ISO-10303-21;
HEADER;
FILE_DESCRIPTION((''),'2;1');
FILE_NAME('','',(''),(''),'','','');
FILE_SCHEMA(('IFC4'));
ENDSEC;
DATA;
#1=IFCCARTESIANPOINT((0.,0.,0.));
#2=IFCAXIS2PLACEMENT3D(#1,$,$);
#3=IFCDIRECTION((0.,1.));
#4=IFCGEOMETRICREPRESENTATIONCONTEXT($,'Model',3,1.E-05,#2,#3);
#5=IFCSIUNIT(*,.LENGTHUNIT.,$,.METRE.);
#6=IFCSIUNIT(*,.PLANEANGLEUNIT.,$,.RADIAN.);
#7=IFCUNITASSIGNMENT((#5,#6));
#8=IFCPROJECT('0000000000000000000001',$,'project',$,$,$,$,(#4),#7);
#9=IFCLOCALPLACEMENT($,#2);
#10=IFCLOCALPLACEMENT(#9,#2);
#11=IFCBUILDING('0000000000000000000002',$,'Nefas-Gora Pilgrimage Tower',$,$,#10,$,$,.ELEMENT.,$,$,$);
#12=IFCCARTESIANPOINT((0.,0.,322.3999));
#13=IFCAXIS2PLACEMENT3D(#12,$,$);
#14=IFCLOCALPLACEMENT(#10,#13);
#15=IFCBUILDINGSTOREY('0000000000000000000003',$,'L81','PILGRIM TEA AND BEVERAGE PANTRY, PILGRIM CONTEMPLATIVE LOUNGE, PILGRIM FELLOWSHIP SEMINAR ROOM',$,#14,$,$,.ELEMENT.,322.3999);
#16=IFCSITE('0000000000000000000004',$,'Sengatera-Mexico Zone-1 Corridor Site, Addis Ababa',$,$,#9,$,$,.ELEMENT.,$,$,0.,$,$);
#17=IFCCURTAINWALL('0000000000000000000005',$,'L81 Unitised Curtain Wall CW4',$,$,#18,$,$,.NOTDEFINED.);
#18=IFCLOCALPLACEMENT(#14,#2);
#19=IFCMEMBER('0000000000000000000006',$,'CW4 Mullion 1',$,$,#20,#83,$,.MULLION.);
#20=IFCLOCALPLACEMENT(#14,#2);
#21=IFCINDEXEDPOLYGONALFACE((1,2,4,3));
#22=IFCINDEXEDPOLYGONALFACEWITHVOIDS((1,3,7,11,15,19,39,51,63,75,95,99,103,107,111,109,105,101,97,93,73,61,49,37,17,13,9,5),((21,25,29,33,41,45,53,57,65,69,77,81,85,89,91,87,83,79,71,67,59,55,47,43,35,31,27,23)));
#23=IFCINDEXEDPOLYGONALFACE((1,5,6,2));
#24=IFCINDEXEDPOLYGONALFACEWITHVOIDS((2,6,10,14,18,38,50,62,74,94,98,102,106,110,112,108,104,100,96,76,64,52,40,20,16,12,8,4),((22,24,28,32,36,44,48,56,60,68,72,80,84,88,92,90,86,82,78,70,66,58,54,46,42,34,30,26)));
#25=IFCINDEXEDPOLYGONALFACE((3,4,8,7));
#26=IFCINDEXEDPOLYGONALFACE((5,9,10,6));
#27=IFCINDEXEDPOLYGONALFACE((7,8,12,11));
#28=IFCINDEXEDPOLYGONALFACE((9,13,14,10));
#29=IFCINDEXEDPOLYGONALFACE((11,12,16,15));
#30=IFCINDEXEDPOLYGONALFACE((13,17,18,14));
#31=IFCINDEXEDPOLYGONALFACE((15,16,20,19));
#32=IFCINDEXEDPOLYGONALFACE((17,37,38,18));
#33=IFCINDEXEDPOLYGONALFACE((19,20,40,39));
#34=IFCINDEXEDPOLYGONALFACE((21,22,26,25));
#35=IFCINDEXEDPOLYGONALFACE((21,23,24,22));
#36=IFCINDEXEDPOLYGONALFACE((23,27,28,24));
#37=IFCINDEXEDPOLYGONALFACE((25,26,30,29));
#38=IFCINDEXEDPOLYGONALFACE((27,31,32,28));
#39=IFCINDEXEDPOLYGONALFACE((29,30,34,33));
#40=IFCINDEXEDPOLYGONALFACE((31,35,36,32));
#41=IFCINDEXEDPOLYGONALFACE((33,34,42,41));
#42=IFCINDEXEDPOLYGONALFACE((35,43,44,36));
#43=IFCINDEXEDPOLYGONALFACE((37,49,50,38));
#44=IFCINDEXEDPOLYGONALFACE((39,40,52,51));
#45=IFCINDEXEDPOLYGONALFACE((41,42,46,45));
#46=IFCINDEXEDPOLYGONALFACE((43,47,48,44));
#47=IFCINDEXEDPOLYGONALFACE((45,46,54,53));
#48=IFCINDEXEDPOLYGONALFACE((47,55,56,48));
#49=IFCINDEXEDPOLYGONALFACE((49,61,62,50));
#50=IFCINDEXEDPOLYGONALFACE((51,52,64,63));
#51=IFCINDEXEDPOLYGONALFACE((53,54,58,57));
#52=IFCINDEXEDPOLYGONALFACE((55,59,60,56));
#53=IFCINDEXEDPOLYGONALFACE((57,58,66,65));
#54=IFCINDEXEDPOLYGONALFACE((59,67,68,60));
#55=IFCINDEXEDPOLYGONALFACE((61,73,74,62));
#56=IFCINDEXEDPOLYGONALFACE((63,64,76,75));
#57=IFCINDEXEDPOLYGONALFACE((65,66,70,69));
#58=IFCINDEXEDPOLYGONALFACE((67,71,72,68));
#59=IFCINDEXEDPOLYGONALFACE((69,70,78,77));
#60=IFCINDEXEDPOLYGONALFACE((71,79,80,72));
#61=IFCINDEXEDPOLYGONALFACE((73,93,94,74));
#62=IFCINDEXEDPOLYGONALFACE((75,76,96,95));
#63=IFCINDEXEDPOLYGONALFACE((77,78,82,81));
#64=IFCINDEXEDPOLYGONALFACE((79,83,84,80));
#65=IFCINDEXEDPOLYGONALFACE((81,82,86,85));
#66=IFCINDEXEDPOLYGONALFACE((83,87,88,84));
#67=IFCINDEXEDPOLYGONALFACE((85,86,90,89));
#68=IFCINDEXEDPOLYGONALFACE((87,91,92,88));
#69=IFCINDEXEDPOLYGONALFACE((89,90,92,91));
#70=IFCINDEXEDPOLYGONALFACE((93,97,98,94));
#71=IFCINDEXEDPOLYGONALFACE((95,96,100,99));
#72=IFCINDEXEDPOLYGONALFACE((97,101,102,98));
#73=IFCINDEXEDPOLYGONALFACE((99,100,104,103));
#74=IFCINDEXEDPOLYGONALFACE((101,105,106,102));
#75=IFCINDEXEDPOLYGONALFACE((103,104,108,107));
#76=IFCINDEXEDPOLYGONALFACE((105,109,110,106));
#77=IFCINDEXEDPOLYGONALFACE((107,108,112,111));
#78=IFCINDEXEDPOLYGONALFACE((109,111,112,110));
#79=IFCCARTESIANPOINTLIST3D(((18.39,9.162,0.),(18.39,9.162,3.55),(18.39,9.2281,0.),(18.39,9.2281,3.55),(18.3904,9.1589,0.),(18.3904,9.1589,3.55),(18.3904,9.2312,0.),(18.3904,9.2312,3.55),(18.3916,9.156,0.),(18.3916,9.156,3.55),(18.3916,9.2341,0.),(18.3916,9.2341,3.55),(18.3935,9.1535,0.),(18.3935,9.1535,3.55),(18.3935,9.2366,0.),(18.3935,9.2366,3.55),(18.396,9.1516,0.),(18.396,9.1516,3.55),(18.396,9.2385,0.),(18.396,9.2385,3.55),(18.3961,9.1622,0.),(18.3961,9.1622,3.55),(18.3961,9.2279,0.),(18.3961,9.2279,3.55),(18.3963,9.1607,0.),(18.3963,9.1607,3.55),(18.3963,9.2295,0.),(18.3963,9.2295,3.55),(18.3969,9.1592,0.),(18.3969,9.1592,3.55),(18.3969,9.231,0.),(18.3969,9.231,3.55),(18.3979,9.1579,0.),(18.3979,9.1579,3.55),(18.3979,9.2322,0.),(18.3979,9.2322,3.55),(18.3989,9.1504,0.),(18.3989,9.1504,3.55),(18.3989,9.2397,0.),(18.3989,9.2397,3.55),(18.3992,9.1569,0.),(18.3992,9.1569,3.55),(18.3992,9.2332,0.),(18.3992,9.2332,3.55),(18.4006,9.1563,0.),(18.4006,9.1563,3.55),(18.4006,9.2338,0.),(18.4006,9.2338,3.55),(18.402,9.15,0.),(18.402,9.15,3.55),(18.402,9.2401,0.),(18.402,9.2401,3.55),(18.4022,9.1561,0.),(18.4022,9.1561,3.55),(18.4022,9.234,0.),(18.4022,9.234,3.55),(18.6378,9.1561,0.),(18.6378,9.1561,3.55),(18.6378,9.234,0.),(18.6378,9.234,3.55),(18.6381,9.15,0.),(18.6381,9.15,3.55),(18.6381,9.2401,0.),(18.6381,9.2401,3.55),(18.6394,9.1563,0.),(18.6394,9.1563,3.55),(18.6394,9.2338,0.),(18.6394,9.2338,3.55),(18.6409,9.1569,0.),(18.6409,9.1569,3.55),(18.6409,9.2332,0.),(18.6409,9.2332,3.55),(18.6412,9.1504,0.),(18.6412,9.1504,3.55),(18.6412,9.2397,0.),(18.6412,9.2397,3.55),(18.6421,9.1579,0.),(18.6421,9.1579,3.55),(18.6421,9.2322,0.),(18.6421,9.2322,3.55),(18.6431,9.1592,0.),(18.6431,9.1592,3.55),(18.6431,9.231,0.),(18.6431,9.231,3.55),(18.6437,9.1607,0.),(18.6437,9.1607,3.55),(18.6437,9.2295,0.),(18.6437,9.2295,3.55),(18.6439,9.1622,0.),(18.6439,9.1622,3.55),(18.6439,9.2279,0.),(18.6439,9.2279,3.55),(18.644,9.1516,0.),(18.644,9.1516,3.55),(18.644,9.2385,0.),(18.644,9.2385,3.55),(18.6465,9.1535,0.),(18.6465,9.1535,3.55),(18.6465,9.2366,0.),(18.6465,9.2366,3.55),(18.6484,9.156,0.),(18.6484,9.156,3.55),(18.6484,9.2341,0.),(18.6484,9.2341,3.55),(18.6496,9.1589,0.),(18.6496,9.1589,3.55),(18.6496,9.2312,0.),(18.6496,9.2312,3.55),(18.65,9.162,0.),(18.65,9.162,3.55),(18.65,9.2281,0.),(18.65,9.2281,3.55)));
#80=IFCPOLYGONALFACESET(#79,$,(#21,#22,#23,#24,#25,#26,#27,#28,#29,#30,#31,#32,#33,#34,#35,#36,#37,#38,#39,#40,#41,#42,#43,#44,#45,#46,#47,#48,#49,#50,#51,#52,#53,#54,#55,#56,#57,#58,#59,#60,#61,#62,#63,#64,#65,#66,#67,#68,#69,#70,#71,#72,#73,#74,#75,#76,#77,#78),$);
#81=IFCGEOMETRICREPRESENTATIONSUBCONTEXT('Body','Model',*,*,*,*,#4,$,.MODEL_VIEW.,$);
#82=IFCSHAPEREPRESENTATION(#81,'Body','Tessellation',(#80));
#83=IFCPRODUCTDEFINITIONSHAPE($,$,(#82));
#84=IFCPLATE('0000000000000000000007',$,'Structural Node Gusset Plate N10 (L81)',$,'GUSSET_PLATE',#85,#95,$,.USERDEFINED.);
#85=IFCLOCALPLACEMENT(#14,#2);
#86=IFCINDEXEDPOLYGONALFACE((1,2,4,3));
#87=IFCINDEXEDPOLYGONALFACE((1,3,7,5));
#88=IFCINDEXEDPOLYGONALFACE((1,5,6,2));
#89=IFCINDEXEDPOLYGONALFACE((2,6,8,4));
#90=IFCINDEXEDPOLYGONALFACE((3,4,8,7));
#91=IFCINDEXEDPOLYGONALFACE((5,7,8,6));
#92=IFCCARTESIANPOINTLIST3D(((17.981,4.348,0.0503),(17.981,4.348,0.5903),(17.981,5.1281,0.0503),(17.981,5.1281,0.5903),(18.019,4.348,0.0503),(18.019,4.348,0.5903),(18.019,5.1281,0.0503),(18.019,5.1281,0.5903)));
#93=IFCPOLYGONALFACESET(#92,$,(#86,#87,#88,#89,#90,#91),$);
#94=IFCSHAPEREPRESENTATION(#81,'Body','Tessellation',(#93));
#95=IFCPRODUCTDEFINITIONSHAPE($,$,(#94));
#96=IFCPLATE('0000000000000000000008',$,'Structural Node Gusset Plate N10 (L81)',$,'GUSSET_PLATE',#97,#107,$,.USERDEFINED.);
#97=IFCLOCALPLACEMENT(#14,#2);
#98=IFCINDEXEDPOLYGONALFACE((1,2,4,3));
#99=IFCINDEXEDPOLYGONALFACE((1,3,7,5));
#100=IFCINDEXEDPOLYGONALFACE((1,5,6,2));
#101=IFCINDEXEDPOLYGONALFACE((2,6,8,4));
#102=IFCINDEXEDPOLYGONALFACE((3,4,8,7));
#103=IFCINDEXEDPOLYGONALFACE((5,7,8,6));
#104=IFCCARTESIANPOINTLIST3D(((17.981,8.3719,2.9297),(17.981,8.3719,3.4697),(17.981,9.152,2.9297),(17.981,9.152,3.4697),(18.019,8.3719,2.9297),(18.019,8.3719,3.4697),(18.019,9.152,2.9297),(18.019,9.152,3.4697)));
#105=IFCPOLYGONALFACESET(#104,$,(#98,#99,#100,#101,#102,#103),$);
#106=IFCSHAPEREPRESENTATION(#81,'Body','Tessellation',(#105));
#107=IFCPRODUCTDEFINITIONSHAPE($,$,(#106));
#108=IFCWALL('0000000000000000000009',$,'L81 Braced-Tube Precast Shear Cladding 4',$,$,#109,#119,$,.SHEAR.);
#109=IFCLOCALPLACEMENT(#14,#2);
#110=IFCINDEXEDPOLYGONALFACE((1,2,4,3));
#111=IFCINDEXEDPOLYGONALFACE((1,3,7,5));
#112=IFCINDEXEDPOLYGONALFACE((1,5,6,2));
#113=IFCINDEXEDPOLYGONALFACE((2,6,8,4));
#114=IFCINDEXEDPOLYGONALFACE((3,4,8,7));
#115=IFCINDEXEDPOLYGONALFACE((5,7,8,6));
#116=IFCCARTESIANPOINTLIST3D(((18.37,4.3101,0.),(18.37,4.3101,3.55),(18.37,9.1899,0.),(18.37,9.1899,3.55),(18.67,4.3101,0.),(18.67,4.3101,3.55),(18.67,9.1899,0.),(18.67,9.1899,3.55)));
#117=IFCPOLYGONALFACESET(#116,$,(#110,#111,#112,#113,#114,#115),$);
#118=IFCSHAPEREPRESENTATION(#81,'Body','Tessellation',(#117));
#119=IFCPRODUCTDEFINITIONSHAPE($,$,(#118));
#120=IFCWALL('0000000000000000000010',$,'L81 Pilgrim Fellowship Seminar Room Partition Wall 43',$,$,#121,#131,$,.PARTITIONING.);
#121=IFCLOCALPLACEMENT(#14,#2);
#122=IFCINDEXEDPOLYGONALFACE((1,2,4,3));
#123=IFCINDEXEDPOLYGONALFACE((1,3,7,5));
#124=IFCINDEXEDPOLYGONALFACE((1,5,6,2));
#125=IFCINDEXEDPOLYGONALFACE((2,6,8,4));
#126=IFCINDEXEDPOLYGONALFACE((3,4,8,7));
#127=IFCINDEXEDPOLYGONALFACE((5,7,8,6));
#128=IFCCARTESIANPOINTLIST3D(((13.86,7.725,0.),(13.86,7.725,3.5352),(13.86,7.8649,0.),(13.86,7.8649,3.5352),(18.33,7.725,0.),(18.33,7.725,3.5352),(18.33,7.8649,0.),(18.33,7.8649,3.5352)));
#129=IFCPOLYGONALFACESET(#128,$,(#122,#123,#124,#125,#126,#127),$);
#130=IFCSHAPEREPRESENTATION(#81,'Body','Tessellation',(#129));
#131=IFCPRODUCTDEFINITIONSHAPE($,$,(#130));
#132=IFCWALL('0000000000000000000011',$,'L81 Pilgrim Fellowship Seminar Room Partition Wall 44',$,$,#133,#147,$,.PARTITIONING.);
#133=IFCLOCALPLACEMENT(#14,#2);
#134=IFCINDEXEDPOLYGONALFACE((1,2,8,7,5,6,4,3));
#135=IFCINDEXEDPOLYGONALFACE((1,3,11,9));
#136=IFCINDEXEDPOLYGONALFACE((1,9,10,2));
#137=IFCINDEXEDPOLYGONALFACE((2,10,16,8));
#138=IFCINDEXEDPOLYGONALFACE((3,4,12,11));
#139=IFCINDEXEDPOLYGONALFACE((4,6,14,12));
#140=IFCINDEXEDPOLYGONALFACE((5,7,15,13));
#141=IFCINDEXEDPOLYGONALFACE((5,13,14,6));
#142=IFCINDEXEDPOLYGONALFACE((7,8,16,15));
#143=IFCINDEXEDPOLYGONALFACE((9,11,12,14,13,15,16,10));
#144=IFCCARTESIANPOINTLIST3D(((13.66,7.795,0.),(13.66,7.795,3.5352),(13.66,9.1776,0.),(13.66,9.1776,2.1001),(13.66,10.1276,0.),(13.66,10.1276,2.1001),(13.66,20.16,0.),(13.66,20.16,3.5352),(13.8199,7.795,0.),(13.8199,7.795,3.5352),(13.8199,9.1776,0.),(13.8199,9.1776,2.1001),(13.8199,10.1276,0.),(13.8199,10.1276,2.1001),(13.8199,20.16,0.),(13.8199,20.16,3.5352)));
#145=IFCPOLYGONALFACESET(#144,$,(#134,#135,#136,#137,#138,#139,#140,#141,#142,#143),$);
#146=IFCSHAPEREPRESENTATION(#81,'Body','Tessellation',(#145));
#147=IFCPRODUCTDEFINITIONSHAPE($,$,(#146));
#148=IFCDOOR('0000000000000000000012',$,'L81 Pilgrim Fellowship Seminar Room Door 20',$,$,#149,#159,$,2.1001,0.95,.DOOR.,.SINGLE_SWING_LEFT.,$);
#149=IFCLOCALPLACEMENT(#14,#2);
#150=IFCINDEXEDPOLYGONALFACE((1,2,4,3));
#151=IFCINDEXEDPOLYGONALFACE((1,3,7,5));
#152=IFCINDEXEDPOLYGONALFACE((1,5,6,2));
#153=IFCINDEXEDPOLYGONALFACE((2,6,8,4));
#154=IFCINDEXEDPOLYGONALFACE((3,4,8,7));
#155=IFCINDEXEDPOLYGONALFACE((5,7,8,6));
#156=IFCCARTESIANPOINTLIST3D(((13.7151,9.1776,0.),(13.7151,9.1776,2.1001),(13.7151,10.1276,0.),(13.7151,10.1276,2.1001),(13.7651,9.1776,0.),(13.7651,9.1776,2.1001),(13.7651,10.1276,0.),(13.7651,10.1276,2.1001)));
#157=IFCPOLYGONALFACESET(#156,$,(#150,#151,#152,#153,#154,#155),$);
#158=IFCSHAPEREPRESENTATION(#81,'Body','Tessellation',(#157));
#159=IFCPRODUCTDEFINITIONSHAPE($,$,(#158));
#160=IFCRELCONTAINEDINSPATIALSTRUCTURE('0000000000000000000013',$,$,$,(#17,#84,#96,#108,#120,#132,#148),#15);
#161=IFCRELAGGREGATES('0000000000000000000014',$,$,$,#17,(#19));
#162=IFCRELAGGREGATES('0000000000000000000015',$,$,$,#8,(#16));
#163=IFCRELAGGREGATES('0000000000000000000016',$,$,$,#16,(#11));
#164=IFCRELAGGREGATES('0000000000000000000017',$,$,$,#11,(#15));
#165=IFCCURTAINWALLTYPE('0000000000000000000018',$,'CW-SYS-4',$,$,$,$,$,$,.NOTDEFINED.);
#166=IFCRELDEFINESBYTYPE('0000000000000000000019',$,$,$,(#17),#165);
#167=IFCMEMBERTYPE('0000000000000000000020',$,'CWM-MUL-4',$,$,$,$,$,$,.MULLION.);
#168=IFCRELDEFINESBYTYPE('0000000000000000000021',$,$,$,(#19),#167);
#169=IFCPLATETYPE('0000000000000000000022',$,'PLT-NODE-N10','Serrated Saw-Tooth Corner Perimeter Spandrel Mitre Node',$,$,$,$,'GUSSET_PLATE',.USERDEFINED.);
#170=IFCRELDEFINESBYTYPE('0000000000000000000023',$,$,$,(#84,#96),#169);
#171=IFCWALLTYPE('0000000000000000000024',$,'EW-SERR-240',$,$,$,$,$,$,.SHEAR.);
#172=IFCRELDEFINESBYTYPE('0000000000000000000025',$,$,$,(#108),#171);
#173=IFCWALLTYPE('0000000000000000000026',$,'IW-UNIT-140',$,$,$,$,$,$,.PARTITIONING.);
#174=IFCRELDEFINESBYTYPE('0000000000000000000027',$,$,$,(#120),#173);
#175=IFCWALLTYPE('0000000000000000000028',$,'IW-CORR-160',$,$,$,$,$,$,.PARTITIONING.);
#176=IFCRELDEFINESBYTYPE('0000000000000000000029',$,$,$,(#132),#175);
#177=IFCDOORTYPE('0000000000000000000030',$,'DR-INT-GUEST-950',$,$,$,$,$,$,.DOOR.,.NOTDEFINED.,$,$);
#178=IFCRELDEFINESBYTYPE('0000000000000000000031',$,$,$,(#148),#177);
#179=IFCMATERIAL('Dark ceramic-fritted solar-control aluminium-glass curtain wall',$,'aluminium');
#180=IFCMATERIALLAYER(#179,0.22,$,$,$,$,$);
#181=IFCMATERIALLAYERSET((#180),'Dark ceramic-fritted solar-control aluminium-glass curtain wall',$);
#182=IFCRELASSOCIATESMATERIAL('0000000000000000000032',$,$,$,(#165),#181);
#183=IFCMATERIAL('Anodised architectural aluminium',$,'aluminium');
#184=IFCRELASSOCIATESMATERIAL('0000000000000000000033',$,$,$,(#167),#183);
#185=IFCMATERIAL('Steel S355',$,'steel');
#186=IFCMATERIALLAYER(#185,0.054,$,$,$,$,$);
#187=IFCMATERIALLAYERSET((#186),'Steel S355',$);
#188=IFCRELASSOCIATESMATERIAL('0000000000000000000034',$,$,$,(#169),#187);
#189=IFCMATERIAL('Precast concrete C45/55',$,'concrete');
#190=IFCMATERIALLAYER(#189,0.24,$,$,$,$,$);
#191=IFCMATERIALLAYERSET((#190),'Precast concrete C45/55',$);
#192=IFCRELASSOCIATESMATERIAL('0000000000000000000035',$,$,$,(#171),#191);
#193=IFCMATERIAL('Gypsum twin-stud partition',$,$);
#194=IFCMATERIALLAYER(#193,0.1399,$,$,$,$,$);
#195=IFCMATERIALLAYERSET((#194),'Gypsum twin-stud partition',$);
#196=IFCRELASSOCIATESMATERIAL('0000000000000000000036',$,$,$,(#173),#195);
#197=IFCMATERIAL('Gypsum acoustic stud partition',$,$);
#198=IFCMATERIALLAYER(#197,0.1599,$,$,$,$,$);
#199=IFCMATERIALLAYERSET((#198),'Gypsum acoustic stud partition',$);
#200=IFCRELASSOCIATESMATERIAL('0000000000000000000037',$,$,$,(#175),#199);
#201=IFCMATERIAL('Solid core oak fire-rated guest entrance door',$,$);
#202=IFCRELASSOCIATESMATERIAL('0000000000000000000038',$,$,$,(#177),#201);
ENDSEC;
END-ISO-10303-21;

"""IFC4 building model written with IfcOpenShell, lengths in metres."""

from ifc_helpers import new_model, si_unit, direction, frame, frame_2d, origin, origin_2d, place, context, subcontext, project, spatial, rectangle, hollow_rectangle, extrude, source, transform, mapped, material, layer, layer_set, material_profile, profile_set, type_object, element, fill, aggregate, save


model = new_model("IFC4")

# Units and contexts
model_context = context("Model", 3, precision=1e-05, world=origin(), true_north=direction((0.0, 1.0)))
body_context = subcontext(model_context, "Body", "Model", "MODEL_VIEW")
ifc_project = project(units=[si_unit("LENGTHUNIT", "METRE"), si_unit("PLANEANGLEUNIT", "RADIAN")], contexts=[model_context])

# Site, building, storey
site_placement = place(None, origin())
site = spatial("IfcSite", under=ifc_project, at=site_placement, Name="Sengatera-Mexico Zone-1 Corridor Site, Addis Ababa", CompositionType="ELEMENT", RefElevation=0.0)
building_placement = place(site_placement, origin())
building = spatial("IfcBuilding", under=site, at=building_placement, Name="Nefas-Gora Pilgrimage Tower", CompositionType="ELEMENT")
storey_placement = place(building_placement, frame((0.0, 0.0, 322.3999)))
storey = spatial("IfcBuildingStorey", under=building, at=storey_placement, Name="L81", Description="PILGRIM TEA AND BEVERAGE PANTRY, PILGRIM CONTEMPLATIVE LOUNGE, PILGRIM FELLOWSHIP SEMINAR ROOM", CompositionType="ELEMENT", Elevation=322.3999)

# Shared definitions
ifc_material_1 = material(Name="Steel S355", Category="steel")

# Curtain wall
ifc_material_2 = material(Name="Dark ceramic-fritted solar-control aluminium-glass curtain wall", Category="aluminium")
ifc_layer_1 = layer(ifc_material_2, 0.22)
ifc_layer_set_1 = layer_set([ifc_layer_1], Name="Dark ceramic-fritted solar-control aluminium-glass curtain wall")
curtain_wall_type = type_object("IfcCurtainWallType", Name="CW-SYS-4", PredefinedType="NOTDEFINED", material=ifc_layer_set_1)
curtain_wall_1_placement = place(storey_placement, origin())
curtain_wall_1 = element("IfcCurtainWall", 1, at=curtain_wall_1_placement, inside=storey, type_object=curtain_wall_type, Name="L81 Unitised Curtain Wall CW4", PredefinedType="NOTDEFINED")
ifc_material_3 = material(Name="Anodised architectural aluminium", Category="aluminium")
ifc_material_profile_1 = material_profile(ifc_material_3, hollow_rectangle(XDim=0.0901, YDim=0.26, WallThickness=0.0061, InnerFilletRadius=0.0061, OuterFilletRadius=0.012, at=origin_2d()), Name="ALU MULLION 90x260")
ifc_profile_set_1 = profile_set([ifc_material_profile_1], Name="Anodised architectural aluminium")
member_type_1 = type_object("IfcMemberType", Name="CWM-MUL-4", PredefinedType="MULLION", material=ifc_profile_set_1)
shared_shape_1 = source(origin(), body_context, "Body", "SweptSolid", [
    extrude(hollow_rectangle(XDim=0.0901, YDim=0.26, WallThickness=0.0061, InnerFilletRadius=0.0061, OuterFilletRadius=0.012, at=origin_2d()), origin(), (0.0, 0.0, 1.0), 3.55),
])

# Member
member_1_placement = place(storey_placement, frame((18.52, 9.1951, 0.0), z_axis=(0.0, 0.0, 1.0), x_axis=(0.0, 1.0, 0.0)))
member_1 = element("IfcMember", 2, at=member_1_placement, type_object=member_type_1, Name="CW4 Mullion 1", PredefinedType="MULLION", context=body_context, shape_type="MappedRepresentation", body=[
    mapped(shared_shape_1, transform((0.0, 0.0, 0.0), x_axis=(1.0, 0.0, 0.0), y_axis=(0.0, 1.0, 0.0), z_axis=(0.0, 0.0, 1.0), scale=1.0)),
])
aggregate(curtain_wall_1, [member_1])

# Plates
ifc_layer_2 = layer(ifc_material_1, 0.054)
ifc_layer_set_2 = layer_set([ifc_layer_2], Name="Steel S355")
plate_type = type_object("IfcPlateType", Name="PLT-NODE-N10", Description="Serrated Saw-Tooth Corner Perimeter Spandrel Mitre Node", ElementType="GUSSET_PLATE", PredefinedType="USERDEFINED", material=ifc_layer_set_2)
shared_shape_2 = source(origin(), body_context, "Body", "SweptSolid", [
    extrude(rectangle(XDim=0.78, YDim=0.0381, at=origin_2d()), origin(), (0.0, 0.0, 1.0), 0.54),
])
for number, where, z_axis, x_axis, name in (
    (3, (18.0, 4.738, 0.0503), (0.0, 0.0, 1.0), (0.0, 1.0, 0.0), "Structural Node Gusset Plate N10 (L81)"),
    (4, (18.0, 8.762, 2.9297), (0.0, 0.0, 1.0), (0.0, 1.0, 0.0), "Structural Node Gusset Plate N10 (L81)"),
):
    element("IfcPlate", number, at=place(storey_placement, frame(where, z_axis=z_axis, x_axis=x_axis)), inside=storey, type_object=plate_type, Name=name, ObjectType="GUSSET_PLATE", PredefinedType="USERDEFINED", context=body_context, shape_type="MappedRepresentation", body=[
        mapped(shared_shape_2, transform((0.0, 0.0, 0.0), x_axis=(1.0, 0.0, 0.0), y_axis=(0.0, 1.0, 0.0), z_axis=(0.0, 0.0, 1.0), scale=1.0)),
    ])

# Walls
ifc_material_4 = material(Name="Precast concrete C45/55", Category="concrete")
ifc_layer_3 = layer(ifc_material_4, 0.24)
ifc_layer_set_3 = layer_set([ifc_layer_3], Name="Precast concrete C45/55")
wall_type_1 = type_object("IfcWallType", Name="EW-SERR-240", PredefinedType="SHEAR", material=ifc_layer_set_3)
shared_shape_3 = source(origin(), body_context, "Body", "SweptSolid", [
    extrude(rectangle(XDim=4.8799, YDim=0.3, at=frame_2d((2.4399, 0.0))), origin(), (0.0, 0.0, 1.0), 3.55),
])
wall_1_placement = place(storey_placement, frame((18.52, 4.3101, 0.0), z_axis=(0.0, 0.0, 1.0), x_axis=(0.0, 1.0, 0.0)))
element("IfcWall", 5, at=wall_1_placement, inside=storey, type_object=wall_type_1, Name="L81 Braced-Tube Precast Shear Cladding 4", PredefinedType="SHEAR", context=body_context, shape_type="MappedRepresentation", body=[
    mapped(shared_shape_3, transform((0.0, 0.0, 0.0), x_axis=(1.0, 0.0, 0.0), y_axis=(0.0, 1.0, 0.0), z_axis=(0.0, 0.0, 1.0), scale=1.0)),
])
ifc_material_5 = material(Name="Gypsum twin-stud partition")
ifc_layer_4 = layer(ifc_material_5, 0.1399)
ifc_layer_set_4 = layer_set([ifc_layer_4], Name="Gypsum twin-stud partition")
wall_type_2 = type_object("IfcWallType", Name="IW-UNIT-140", PredefinedType="PARTITIONING", material=ifc_layer_set_4)
shared_shape_4 = source(origin(), body_context, "Body", "SweptSolid", [
    extrude(rectangle(XDim=4.47, YDim=0.1399, at=frame_2d((2.2349, 0.0))), origin(), (0.0, 0.0, 1.0), 3.5352),
])
wall_2_placement = place(storey_placement, frame((13.8601, 7.7949, 0.0), z_axis=(0.0, 0.0, 1.0), x_axis=(1.0, 0.0, 0.0)))
element("IfcWall", 6, at=wall_2_placement, inside=storey, type_object=wall_type_2, Name="L81 Pilgrim Fellowship Seminar Room Partition Wall 43", PredefinedType="PARTITIONING", context=body_context, shape_type="MappedRepresentation", body=[
    mapped(shared_shape_4, transform((0.0, 0.0, 0.0), x_axis=(1.0, 0.0, 0.0), y_axis=(0.0, 1.0, 0.0), z_axis=(0.0, 0.0, 1.0), scale=1.0)),
])

# Wall, opening, door
ifc_material_6 = material(Name="Gypsum acoustic stud partition")
ifc_layer_5 = layer(ifc_material_6, 0.1599)
ifc_layer_set_5 = layer_set([ifc_layer_5], Name="Gypsum acoustic stud partition")
wall_type_3 = type_object("IfcWallType", Name="IW-CORR-160", PredefinedType="PARTITIONING", material=ifc_layer_set_5)
shared_shape_5 = source(origin(), body_context, "Body", "SweptSolid", [
    extrude(rectangle(XDim=12.365, YDim=0.1599, at=frame_2d((6.1826, 0.0))), origin(), (0.0, 0.0, 1.0), 3.5352),
])
wall_3_placement = place(storey_placement, frame((13.74, 7.7949, 0.0), z_axis=(0.0, 0.0, 1.0), x_axis=(0.0, 1.0, 0.0)))
wall_3 = element("IfcWall", 7, at=wall_3_placement, inside=storey, type_object=wall_type_3, Name="L81 Pilgrim Fellowship Seminar Room Partition Wall 44", PredefinedType="PARTITIONING", context=body_context, shape_type="MappedRepresentation", body=[
    mapped(shared_shape_5, transform((0.0, 0.0, 0.0), x_axis=(1.0, 0.0, 0.0), y_axis=(0.0, 1.0, 0.0), z_axis=(0.0, 0.0, 1.0), scale=1.0)),
])
opening_placement = place(wall_3_placement, frame((1.3826, 0.0, 0.0)))
opening = element("IfcOpeningElement", 8, at=opening_placement, cuts=wall_3, PredefinedType="OPENING", context=body_context, shape_type="SweptSolid", body=[
    extrude(rectangle(XDim=0.95, YDim=2.1001, at=frame_2d((0.4751, 1.05))), frame((0.0, 0.0898, 0.0), z_axis=(0.0, -1.0, 0.0), x_axis=(1.0, 0.0, 0.0)), (0.0, 0.0, 1.0), 0.1799),
])
ifc_material_7 = material(Name="Solid core oak fire-rated guest entrance door")
door_type = type_object("IfcDoorType", Name="DR-INT-GUEST-950", OperationType="NOTDEFINED", PredefinedType="DOOR", material=ifc_material_7)
shared_shape_6 = source(origin(), body_context, "Body", "SweptSolid", [
    extrude(rectangle(XDim=0.95, YDim=2.1001, at=frame_2d((0.4751, 1.05))), frame((0.0, 0.0249, 0.0), z_axis=(0.0, -1.0, 0.0), x_axis=(1.0, 0.0, 0.0)), (0.0, 0.0, 1.0), 0.05),
])
door_placement = place(opening_placement, origin())
door = element("IfcDoor", 9, at=door_placement, inside=storey, type_object=door_type, Name="L81 Pilgrim Fellowship Seminar Room Door 20", OperationType="SINGLE_SWING_LEFT", OverallHeight=2.1001, OverallWidth=0.95, PredefinedType="DOOR", context=body_context, shape_type="MappedRepresentation", body=[
    mapped(shared_shape_6, transform((0.0, 0.0, 0.0), x_axis=(1.0, 0.0, 0.0), y_axis=(0.0, 1.0, 0.0), z_axis=(0.0, 0.0, 1.0), scale=1.0)),
])
fill(opening, door)

save(model, "model.ifc")
